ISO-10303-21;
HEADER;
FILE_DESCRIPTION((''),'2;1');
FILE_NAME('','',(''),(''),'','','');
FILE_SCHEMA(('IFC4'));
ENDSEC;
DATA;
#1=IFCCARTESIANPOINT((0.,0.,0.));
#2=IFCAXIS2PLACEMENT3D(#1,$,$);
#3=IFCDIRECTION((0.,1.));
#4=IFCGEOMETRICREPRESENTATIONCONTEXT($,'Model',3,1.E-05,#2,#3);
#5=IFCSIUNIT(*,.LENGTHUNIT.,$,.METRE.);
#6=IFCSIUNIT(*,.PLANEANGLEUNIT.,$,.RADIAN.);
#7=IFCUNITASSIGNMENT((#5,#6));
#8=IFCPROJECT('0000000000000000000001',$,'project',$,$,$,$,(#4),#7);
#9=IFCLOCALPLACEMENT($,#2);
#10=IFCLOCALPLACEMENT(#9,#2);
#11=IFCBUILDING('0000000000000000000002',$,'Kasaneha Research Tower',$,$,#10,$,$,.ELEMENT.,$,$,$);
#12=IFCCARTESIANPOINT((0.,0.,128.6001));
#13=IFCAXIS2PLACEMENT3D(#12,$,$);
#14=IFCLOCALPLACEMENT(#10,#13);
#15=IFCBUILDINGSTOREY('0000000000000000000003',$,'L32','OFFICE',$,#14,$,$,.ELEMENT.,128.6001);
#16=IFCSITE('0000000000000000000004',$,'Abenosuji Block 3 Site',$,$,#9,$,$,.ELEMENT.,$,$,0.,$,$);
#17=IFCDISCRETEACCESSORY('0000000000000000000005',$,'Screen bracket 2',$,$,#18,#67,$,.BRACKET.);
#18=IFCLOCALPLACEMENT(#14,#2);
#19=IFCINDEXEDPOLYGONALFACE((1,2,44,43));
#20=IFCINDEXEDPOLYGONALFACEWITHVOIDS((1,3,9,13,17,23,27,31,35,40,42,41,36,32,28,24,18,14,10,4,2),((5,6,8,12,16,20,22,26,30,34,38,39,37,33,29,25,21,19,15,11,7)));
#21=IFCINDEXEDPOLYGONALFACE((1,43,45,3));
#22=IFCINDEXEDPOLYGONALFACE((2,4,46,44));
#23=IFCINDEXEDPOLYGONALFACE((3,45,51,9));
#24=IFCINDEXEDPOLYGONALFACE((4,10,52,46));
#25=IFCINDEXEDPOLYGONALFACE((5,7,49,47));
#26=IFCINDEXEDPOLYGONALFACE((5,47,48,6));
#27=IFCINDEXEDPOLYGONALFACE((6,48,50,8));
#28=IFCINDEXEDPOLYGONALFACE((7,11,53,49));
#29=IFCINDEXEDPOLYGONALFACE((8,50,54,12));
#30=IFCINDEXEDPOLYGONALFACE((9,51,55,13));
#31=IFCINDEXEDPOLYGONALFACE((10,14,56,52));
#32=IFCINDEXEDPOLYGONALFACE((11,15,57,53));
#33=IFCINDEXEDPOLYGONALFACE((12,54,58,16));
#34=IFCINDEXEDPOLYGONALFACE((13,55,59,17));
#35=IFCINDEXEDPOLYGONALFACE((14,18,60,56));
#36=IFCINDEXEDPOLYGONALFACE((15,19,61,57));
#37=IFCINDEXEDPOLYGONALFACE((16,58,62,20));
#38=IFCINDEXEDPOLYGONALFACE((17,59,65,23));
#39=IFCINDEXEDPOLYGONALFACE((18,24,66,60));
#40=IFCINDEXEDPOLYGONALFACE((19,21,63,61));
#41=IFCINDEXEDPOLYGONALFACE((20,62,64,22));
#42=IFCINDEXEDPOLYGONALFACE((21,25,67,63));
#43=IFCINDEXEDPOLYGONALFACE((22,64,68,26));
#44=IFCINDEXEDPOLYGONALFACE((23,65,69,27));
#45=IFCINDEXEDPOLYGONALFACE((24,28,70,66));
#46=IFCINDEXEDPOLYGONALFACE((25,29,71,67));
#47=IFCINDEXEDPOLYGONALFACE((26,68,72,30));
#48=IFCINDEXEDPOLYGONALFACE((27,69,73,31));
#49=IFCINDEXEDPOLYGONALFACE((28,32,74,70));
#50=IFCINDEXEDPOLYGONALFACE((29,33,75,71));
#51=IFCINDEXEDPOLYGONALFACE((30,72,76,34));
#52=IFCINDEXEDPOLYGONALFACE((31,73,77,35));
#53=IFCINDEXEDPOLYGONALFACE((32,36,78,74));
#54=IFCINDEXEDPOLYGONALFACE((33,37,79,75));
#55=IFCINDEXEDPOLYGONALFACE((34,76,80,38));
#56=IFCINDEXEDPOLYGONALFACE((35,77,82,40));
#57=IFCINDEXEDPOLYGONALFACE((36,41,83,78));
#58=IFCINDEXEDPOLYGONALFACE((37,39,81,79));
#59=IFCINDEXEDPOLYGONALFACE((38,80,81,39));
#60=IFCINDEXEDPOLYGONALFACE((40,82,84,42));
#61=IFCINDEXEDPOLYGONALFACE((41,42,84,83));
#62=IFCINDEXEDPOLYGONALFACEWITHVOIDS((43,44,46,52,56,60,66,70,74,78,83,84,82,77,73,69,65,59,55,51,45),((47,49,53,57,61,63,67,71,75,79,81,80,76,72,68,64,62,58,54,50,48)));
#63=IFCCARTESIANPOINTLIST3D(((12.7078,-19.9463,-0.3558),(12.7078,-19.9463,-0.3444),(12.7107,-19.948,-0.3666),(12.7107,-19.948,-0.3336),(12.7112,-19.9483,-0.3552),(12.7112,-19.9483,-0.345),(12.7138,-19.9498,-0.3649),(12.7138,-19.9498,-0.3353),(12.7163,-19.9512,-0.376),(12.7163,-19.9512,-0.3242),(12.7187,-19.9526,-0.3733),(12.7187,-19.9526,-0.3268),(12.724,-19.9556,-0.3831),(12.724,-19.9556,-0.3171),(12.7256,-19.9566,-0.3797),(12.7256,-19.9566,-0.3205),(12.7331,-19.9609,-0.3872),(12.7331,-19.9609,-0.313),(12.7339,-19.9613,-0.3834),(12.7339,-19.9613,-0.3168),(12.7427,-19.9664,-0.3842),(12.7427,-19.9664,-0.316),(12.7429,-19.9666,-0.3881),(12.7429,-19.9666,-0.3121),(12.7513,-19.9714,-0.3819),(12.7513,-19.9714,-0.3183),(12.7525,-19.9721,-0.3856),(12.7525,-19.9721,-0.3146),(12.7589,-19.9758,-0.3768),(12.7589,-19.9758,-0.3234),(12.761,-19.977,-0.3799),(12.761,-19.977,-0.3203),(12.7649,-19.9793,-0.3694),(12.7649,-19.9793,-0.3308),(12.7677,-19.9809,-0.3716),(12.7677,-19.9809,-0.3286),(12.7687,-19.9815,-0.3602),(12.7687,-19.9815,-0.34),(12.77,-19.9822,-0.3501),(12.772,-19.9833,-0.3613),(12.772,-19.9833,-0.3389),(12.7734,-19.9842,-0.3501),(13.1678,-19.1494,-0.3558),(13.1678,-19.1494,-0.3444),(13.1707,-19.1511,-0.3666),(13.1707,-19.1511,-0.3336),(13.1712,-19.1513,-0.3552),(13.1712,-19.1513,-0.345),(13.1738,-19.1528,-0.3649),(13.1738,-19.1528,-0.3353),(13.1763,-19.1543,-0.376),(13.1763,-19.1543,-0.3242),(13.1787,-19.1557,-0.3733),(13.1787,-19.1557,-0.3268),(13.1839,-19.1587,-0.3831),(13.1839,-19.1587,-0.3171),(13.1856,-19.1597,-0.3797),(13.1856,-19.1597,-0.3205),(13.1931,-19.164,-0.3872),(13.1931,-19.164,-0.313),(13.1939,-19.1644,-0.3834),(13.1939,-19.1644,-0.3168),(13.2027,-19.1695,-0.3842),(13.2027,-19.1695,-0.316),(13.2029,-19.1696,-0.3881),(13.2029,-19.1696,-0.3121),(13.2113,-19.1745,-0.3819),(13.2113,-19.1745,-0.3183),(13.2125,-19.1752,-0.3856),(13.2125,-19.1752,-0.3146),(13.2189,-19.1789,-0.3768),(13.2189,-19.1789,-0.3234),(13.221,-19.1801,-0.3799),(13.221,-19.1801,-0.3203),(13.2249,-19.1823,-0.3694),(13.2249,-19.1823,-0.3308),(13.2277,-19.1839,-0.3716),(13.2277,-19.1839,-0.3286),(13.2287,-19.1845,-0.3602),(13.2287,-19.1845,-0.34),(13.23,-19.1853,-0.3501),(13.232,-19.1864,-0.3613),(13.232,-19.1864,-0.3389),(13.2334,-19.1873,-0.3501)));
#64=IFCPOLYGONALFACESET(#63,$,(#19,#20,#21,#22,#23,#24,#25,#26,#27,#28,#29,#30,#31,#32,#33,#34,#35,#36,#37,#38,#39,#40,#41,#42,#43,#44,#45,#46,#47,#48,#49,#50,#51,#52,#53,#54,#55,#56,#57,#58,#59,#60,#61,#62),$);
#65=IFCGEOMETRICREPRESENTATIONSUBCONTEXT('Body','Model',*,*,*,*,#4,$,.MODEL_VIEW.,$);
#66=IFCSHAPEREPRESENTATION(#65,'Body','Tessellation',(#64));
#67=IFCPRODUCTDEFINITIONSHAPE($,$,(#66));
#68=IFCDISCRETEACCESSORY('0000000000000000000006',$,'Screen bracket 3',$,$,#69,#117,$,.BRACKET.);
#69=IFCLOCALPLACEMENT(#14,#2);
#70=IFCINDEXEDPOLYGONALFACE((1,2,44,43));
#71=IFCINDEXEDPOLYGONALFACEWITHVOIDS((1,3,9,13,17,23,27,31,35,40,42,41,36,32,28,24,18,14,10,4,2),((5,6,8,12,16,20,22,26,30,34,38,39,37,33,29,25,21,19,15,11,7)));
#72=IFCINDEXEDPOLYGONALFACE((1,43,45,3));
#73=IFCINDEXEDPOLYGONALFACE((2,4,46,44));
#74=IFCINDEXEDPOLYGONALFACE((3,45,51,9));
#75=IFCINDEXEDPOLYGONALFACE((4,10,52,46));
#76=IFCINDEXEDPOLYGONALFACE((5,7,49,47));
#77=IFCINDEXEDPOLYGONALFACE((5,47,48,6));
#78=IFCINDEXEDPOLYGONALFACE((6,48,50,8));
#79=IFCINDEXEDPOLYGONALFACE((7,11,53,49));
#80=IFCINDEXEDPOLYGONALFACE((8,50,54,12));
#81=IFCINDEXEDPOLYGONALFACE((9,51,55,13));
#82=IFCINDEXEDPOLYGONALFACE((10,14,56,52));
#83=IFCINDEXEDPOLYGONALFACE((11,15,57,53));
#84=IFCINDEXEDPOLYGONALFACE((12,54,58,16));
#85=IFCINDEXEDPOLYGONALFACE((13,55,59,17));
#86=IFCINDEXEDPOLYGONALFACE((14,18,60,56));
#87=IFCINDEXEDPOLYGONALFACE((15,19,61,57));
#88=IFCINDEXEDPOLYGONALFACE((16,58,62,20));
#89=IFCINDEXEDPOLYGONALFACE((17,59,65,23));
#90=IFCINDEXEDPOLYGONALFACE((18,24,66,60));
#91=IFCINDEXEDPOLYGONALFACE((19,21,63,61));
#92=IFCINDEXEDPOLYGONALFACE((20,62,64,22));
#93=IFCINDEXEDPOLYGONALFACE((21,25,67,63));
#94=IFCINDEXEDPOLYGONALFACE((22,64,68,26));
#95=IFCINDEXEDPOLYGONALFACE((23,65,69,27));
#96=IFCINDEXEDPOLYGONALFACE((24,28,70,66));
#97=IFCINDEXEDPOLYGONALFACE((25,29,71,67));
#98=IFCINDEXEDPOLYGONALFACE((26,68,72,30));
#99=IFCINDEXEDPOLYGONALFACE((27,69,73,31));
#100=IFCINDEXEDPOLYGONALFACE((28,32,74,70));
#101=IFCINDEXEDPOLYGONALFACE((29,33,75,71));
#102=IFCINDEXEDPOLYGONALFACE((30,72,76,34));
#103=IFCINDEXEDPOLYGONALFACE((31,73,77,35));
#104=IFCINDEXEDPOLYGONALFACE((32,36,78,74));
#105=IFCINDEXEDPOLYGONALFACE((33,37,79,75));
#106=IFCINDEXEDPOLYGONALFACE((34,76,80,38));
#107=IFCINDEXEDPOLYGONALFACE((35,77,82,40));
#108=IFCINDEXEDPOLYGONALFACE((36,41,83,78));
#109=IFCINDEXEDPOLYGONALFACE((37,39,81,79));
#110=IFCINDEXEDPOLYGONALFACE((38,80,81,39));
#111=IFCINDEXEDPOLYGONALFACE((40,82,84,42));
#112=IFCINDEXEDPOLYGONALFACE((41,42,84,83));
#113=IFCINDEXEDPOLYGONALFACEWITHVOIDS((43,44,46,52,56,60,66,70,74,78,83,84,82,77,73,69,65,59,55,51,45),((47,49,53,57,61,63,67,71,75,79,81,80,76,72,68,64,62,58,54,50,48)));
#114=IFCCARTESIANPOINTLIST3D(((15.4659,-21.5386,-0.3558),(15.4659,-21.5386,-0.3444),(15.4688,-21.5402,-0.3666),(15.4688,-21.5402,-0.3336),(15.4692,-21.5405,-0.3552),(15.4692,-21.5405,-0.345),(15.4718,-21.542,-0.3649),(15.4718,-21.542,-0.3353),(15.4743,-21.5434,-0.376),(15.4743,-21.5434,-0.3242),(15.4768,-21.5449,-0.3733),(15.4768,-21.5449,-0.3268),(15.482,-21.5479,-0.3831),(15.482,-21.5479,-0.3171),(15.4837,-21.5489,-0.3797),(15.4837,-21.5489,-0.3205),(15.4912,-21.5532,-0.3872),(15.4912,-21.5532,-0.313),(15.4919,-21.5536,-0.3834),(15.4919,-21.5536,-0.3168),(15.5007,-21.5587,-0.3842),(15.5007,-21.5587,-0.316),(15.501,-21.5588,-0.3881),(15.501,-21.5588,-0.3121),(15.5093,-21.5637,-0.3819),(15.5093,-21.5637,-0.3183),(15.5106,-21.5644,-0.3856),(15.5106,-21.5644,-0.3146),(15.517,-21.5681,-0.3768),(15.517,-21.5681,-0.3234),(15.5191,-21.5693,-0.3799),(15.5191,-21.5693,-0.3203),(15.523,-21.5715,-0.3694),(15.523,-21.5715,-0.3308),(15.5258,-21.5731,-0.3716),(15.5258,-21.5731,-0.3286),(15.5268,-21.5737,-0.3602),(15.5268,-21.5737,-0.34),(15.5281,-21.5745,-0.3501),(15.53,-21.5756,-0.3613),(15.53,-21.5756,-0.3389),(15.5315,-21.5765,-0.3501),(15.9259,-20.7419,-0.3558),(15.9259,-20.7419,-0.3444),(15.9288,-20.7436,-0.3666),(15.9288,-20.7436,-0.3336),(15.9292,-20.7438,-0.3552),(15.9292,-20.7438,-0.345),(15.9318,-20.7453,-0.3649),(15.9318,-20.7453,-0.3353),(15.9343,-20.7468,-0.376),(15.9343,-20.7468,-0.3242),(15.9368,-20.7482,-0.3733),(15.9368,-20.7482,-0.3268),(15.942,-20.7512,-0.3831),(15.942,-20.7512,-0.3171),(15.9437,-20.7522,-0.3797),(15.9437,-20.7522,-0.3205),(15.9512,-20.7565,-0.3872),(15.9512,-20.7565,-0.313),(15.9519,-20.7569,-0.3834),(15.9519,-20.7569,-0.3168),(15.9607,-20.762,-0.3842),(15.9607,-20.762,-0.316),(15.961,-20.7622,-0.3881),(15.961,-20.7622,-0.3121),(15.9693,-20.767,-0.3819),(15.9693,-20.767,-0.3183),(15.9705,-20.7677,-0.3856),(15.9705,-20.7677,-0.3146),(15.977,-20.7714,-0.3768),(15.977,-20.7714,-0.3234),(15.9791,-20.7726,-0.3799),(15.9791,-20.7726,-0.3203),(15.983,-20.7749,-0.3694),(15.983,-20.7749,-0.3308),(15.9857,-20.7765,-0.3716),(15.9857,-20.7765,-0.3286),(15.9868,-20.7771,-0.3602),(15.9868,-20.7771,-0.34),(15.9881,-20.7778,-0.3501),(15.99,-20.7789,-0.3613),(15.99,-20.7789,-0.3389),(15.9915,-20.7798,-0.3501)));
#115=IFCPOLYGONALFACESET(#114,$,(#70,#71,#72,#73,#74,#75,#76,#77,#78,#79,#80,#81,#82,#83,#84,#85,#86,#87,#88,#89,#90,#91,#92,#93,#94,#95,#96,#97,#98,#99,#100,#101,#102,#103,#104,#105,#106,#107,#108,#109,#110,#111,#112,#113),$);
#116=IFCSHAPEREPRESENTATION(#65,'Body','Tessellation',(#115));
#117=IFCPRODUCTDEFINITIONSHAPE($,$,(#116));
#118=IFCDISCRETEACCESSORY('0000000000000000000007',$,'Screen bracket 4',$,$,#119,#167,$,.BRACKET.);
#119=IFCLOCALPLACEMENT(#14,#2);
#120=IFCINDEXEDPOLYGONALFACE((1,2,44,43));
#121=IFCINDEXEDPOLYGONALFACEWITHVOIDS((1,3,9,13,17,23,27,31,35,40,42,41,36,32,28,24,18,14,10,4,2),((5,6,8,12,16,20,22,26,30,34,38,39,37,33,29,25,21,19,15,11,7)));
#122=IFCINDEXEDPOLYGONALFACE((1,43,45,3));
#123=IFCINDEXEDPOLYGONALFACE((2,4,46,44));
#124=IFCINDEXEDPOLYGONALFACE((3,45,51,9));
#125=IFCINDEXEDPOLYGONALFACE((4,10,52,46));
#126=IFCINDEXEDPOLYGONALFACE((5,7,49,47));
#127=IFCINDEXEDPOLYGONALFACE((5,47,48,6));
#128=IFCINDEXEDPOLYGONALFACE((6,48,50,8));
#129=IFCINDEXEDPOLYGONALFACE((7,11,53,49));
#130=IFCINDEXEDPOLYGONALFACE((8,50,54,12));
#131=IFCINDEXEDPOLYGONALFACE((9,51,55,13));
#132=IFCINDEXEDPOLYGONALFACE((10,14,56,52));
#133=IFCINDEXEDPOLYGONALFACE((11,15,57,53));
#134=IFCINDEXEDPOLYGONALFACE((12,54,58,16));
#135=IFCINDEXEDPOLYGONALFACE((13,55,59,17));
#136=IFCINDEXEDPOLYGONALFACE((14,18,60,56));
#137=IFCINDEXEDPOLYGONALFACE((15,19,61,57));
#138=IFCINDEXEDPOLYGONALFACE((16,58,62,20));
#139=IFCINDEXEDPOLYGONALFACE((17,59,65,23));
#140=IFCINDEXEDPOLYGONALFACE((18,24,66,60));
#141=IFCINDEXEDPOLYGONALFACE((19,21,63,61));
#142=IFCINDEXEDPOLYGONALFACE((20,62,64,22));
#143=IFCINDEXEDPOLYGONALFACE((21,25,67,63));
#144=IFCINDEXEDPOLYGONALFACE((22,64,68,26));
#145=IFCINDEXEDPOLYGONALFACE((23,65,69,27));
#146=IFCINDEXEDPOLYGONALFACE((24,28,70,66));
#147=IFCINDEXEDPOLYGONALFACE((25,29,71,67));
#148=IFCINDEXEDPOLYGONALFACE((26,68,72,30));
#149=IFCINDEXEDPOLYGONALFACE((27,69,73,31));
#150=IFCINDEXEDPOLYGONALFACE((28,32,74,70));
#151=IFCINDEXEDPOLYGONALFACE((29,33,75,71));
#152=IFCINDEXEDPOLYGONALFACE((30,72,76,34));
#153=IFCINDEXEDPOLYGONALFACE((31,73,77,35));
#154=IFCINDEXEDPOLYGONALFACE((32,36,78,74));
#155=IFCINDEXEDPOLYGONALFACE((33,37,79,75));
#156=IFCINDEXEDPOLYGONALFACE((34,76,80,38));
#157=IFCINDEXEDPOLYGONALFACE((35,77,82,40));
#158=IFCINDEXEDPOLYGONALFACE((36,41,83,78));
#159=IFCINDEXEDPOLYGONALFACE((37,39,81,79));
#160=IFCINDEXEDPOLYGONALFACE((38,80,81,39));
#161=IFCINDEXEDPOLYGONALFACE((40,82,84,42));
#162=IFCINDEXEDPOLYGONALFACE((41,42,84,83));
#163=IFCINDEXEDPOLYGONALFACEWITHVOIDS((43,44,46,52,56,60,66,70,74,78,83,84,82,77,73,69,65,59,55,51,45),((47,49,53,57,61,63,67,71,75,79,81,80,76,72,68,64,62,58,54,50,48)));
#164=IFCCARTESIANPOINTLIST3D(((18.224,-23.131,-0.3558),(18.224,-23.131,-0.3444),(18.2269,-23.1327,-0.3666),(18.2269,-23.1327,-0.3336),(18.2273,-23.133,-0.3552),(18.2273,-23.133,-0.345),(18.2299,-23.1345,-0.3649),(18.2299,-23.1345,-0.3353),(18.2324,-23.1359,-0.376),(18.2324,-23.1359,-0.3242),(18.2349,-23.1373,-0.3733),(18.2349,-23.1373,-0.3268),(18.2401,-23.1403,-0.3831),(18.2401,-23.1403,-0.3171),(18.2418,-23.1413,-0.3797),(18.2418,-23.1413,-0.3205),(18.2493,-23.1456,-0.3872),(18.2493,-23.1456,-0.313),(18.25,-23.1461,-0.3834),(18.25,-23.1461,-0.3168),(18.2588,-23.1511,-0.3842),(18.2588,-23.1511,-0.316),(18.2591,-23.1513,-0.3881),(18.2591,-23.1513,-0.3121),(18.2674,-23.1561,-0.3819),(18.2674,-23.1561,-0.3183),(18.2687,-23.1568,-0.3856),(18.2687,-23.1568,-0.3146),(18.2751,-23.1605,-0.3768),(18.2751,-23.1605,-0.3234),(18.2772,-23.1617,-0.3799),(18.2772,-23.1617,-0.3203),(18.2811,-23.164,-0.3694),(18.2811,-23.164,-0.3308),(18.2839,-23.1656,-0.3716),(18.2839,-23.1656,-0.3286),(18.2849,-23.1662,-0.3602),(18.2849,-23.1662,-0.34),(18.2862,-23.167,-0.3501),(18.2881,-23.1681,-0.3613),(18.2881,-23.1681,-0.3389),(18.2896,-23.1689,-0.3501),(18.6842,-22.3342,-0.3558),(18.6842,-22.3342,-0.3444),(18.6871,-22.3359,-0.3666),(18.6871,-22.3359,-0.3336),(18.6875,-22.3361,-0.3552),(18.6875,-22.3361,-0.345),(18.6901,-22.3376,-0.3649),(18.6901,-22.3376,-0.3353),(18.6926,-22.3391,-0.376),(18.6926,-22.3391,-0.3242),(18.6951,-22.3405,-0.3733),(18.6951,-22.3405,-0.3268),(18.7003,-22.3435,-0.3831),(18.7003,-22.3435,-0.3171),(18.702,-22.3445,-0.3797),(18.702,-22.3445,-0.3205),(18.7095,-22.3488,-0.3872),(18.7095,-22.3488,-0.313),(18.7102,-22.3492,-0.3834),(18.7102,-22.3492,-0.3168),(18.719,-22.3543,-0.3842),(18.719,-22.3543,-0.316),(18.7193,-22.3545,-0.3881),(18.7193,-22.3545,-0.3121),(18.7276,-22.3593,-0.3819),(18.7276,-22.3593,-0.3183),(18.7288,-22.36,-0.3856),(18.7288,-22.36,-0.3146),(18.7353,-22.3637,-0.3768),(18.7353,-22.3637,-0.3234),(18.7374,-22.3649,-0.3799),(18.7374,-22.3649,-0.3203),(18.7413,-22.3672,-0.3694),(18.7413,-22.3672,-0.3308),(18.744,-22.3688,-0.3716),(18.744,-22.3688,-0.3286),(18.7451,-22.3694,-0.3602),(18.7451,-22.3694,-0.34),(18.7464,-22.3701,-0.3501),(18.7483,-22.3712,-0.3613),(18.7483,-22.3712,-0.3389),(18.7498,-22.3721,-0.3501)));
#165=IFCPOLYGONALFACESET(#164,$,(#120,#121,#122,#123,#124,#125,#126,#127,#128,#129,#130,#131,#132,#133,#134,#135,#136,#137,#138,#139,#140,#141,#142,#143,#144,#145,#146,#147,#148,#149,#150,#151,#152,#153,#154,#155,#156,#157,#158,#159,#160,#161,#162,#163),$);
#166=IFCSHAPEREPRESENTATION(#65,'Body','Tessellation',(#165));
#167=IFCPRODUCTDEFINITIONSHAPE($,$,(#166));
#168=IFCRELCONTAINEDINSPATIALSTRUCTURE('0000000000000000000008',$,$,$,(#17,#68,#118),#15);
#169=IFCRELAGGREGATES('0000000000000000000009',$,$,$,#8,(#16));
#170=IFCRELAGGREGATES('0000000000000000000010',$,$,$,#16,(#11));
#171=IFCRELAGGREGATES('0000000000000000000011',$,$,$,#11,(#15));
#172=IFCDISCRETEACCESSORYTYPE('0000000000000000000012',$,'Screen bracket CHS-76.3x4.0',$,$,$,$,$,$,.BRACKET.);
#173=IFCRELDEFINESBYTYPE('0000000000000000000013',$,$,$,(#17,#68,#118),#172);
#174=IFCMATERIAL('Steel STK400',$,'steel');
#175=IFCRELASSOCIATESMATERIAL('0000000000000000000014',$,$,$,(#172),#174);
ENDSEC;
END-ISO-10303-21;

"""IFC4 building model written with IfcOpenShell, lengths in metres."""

from ifc_helpers import new_model, si_unit, direction, frame, origin, origin_2d, place, context, subcontext, project, spatial, hollow_circle, extrude, material, material_profile, profile_set, type_object, element, save


model = new_model("IFC4")

# Units and contexts
model_context = context("Model", 3, precision=1e-05, world=origin(), true_north=direction((0.0, 1.0)))
body_context = subcontext(model_context, "Body", "Model", "MODEL_VIEW")
ifc_project = project(units=[si_unit("LENGTHUNIT", "METRE"), si_unit("PLANEANGLEUNIT", "RADIAN")], contexts=[model_context])

# Site, building, storey
site_placement = place(None, origin())
site = spatial("IfcSite", under=ifc_project, at=site_placement, Name="Abenosuji Block 3 Site", CompositionType="ELEMENT", RefElevation=0.0)
building_placement = place(site_placement, origin())
building = spatial("IfcBuilding", under=site, at=building_placement, Name="Kasaneha Research Tower", CompositionType="ELEMENT")
storey_placement = place(building_placement, frame((0.0, 0.0, 128.6001)))
storey = spatial("IfcBuildingStorey", under=building, at=storey_placement, Name="L32", Description="OFFICE", CompositionType="ELEMENT", Elevation=128.6001)

# Discrete accessories
ifc_material_1 = material(Name="Steel STK400", Category="steel")
ifc_material_profile_1 = material_profile(ifc_material_1, hollow_circle(Radius=0.0381, WallThickness=0.0039, at=origin_2d()), Name="CHS-76.3x4.0")
ifc_profile_set_1 = profile_set([ifc_material_profile_1], Name="Steel STK400")
discrete_accessory_type = type_object("IfcDiscreteAccessoryType", Name="Screen bracket CHS-76.3x4.0", PredefinedType="BRACKET", material=ifc_profile_set_1)
discrete_accessory_1_placement = place(storey_placement, frame((13.2004, -19.1682, -0.3501), z_axis=(-0.499906, -0.86608, 0.0), x_axis=(0.86608, -0.499906, 0.0)))
element("IfcDiscreteAccessory", 1, at=discrete_accessory_1_placement, inside=storey, type_object=discrete_accessory_type, Name="Screen bracket 2", PredefinedType="BRACKET", context=body_context, shape_type="SweptSolid", body=[
    extrude(hollow_circle(Radius=0.0381, WallThickness=0.0039, at=origin_2d()), origin(), (0.0, 0.0, 1.0), 0.9202),
])
discrete_accessory_2_placement = place(storey_placement, frame((15.9585, -20.7607, -0.3501), z_axis=(-0.500021, -0.866013, 0.0), x_axis=(0.866013, -0.500021, 0.0)))
element("IfcDiscreteAccessory", 2, at=discrete_accessory_2_placement, inside=storey, type_object=discrete_accessory_type, Name="Screen bracket 3", PredefinedType="BRACKET", context=body_context, shape_type="SweptSolid", body=[
    extrude(hollow_circle(Radius=0.0381, WallThickness=0.0039, at=origin_2d()), origin(), (0.0, 0.0, 1.0), 0.9199),
])
discrete_accessory_3_placement = place(storey_placement, frame((18.7168, -22.353, -0.3501), z_axis=(-0.500105, -0.865965, 0.0), x_axis=(0.865965, -0.500105, 0.0)))
element("IfcDiscreteAccessory", 3, at=discrete_accessory_3_placement, inside=storey, type_object=discrete_accessory_type, Name="Screen bracket 4", PredefinedType="BRACKET", context=body_context, shape_type="SweptSolid", body=[
    extrude(hollow_circle(Radius=0.0381, WallThickness=0.0039, at=origin_2d()), origin(), (0.0, 0.0, 1.0), 0.9202),
])

save(model, "model.ifc")
